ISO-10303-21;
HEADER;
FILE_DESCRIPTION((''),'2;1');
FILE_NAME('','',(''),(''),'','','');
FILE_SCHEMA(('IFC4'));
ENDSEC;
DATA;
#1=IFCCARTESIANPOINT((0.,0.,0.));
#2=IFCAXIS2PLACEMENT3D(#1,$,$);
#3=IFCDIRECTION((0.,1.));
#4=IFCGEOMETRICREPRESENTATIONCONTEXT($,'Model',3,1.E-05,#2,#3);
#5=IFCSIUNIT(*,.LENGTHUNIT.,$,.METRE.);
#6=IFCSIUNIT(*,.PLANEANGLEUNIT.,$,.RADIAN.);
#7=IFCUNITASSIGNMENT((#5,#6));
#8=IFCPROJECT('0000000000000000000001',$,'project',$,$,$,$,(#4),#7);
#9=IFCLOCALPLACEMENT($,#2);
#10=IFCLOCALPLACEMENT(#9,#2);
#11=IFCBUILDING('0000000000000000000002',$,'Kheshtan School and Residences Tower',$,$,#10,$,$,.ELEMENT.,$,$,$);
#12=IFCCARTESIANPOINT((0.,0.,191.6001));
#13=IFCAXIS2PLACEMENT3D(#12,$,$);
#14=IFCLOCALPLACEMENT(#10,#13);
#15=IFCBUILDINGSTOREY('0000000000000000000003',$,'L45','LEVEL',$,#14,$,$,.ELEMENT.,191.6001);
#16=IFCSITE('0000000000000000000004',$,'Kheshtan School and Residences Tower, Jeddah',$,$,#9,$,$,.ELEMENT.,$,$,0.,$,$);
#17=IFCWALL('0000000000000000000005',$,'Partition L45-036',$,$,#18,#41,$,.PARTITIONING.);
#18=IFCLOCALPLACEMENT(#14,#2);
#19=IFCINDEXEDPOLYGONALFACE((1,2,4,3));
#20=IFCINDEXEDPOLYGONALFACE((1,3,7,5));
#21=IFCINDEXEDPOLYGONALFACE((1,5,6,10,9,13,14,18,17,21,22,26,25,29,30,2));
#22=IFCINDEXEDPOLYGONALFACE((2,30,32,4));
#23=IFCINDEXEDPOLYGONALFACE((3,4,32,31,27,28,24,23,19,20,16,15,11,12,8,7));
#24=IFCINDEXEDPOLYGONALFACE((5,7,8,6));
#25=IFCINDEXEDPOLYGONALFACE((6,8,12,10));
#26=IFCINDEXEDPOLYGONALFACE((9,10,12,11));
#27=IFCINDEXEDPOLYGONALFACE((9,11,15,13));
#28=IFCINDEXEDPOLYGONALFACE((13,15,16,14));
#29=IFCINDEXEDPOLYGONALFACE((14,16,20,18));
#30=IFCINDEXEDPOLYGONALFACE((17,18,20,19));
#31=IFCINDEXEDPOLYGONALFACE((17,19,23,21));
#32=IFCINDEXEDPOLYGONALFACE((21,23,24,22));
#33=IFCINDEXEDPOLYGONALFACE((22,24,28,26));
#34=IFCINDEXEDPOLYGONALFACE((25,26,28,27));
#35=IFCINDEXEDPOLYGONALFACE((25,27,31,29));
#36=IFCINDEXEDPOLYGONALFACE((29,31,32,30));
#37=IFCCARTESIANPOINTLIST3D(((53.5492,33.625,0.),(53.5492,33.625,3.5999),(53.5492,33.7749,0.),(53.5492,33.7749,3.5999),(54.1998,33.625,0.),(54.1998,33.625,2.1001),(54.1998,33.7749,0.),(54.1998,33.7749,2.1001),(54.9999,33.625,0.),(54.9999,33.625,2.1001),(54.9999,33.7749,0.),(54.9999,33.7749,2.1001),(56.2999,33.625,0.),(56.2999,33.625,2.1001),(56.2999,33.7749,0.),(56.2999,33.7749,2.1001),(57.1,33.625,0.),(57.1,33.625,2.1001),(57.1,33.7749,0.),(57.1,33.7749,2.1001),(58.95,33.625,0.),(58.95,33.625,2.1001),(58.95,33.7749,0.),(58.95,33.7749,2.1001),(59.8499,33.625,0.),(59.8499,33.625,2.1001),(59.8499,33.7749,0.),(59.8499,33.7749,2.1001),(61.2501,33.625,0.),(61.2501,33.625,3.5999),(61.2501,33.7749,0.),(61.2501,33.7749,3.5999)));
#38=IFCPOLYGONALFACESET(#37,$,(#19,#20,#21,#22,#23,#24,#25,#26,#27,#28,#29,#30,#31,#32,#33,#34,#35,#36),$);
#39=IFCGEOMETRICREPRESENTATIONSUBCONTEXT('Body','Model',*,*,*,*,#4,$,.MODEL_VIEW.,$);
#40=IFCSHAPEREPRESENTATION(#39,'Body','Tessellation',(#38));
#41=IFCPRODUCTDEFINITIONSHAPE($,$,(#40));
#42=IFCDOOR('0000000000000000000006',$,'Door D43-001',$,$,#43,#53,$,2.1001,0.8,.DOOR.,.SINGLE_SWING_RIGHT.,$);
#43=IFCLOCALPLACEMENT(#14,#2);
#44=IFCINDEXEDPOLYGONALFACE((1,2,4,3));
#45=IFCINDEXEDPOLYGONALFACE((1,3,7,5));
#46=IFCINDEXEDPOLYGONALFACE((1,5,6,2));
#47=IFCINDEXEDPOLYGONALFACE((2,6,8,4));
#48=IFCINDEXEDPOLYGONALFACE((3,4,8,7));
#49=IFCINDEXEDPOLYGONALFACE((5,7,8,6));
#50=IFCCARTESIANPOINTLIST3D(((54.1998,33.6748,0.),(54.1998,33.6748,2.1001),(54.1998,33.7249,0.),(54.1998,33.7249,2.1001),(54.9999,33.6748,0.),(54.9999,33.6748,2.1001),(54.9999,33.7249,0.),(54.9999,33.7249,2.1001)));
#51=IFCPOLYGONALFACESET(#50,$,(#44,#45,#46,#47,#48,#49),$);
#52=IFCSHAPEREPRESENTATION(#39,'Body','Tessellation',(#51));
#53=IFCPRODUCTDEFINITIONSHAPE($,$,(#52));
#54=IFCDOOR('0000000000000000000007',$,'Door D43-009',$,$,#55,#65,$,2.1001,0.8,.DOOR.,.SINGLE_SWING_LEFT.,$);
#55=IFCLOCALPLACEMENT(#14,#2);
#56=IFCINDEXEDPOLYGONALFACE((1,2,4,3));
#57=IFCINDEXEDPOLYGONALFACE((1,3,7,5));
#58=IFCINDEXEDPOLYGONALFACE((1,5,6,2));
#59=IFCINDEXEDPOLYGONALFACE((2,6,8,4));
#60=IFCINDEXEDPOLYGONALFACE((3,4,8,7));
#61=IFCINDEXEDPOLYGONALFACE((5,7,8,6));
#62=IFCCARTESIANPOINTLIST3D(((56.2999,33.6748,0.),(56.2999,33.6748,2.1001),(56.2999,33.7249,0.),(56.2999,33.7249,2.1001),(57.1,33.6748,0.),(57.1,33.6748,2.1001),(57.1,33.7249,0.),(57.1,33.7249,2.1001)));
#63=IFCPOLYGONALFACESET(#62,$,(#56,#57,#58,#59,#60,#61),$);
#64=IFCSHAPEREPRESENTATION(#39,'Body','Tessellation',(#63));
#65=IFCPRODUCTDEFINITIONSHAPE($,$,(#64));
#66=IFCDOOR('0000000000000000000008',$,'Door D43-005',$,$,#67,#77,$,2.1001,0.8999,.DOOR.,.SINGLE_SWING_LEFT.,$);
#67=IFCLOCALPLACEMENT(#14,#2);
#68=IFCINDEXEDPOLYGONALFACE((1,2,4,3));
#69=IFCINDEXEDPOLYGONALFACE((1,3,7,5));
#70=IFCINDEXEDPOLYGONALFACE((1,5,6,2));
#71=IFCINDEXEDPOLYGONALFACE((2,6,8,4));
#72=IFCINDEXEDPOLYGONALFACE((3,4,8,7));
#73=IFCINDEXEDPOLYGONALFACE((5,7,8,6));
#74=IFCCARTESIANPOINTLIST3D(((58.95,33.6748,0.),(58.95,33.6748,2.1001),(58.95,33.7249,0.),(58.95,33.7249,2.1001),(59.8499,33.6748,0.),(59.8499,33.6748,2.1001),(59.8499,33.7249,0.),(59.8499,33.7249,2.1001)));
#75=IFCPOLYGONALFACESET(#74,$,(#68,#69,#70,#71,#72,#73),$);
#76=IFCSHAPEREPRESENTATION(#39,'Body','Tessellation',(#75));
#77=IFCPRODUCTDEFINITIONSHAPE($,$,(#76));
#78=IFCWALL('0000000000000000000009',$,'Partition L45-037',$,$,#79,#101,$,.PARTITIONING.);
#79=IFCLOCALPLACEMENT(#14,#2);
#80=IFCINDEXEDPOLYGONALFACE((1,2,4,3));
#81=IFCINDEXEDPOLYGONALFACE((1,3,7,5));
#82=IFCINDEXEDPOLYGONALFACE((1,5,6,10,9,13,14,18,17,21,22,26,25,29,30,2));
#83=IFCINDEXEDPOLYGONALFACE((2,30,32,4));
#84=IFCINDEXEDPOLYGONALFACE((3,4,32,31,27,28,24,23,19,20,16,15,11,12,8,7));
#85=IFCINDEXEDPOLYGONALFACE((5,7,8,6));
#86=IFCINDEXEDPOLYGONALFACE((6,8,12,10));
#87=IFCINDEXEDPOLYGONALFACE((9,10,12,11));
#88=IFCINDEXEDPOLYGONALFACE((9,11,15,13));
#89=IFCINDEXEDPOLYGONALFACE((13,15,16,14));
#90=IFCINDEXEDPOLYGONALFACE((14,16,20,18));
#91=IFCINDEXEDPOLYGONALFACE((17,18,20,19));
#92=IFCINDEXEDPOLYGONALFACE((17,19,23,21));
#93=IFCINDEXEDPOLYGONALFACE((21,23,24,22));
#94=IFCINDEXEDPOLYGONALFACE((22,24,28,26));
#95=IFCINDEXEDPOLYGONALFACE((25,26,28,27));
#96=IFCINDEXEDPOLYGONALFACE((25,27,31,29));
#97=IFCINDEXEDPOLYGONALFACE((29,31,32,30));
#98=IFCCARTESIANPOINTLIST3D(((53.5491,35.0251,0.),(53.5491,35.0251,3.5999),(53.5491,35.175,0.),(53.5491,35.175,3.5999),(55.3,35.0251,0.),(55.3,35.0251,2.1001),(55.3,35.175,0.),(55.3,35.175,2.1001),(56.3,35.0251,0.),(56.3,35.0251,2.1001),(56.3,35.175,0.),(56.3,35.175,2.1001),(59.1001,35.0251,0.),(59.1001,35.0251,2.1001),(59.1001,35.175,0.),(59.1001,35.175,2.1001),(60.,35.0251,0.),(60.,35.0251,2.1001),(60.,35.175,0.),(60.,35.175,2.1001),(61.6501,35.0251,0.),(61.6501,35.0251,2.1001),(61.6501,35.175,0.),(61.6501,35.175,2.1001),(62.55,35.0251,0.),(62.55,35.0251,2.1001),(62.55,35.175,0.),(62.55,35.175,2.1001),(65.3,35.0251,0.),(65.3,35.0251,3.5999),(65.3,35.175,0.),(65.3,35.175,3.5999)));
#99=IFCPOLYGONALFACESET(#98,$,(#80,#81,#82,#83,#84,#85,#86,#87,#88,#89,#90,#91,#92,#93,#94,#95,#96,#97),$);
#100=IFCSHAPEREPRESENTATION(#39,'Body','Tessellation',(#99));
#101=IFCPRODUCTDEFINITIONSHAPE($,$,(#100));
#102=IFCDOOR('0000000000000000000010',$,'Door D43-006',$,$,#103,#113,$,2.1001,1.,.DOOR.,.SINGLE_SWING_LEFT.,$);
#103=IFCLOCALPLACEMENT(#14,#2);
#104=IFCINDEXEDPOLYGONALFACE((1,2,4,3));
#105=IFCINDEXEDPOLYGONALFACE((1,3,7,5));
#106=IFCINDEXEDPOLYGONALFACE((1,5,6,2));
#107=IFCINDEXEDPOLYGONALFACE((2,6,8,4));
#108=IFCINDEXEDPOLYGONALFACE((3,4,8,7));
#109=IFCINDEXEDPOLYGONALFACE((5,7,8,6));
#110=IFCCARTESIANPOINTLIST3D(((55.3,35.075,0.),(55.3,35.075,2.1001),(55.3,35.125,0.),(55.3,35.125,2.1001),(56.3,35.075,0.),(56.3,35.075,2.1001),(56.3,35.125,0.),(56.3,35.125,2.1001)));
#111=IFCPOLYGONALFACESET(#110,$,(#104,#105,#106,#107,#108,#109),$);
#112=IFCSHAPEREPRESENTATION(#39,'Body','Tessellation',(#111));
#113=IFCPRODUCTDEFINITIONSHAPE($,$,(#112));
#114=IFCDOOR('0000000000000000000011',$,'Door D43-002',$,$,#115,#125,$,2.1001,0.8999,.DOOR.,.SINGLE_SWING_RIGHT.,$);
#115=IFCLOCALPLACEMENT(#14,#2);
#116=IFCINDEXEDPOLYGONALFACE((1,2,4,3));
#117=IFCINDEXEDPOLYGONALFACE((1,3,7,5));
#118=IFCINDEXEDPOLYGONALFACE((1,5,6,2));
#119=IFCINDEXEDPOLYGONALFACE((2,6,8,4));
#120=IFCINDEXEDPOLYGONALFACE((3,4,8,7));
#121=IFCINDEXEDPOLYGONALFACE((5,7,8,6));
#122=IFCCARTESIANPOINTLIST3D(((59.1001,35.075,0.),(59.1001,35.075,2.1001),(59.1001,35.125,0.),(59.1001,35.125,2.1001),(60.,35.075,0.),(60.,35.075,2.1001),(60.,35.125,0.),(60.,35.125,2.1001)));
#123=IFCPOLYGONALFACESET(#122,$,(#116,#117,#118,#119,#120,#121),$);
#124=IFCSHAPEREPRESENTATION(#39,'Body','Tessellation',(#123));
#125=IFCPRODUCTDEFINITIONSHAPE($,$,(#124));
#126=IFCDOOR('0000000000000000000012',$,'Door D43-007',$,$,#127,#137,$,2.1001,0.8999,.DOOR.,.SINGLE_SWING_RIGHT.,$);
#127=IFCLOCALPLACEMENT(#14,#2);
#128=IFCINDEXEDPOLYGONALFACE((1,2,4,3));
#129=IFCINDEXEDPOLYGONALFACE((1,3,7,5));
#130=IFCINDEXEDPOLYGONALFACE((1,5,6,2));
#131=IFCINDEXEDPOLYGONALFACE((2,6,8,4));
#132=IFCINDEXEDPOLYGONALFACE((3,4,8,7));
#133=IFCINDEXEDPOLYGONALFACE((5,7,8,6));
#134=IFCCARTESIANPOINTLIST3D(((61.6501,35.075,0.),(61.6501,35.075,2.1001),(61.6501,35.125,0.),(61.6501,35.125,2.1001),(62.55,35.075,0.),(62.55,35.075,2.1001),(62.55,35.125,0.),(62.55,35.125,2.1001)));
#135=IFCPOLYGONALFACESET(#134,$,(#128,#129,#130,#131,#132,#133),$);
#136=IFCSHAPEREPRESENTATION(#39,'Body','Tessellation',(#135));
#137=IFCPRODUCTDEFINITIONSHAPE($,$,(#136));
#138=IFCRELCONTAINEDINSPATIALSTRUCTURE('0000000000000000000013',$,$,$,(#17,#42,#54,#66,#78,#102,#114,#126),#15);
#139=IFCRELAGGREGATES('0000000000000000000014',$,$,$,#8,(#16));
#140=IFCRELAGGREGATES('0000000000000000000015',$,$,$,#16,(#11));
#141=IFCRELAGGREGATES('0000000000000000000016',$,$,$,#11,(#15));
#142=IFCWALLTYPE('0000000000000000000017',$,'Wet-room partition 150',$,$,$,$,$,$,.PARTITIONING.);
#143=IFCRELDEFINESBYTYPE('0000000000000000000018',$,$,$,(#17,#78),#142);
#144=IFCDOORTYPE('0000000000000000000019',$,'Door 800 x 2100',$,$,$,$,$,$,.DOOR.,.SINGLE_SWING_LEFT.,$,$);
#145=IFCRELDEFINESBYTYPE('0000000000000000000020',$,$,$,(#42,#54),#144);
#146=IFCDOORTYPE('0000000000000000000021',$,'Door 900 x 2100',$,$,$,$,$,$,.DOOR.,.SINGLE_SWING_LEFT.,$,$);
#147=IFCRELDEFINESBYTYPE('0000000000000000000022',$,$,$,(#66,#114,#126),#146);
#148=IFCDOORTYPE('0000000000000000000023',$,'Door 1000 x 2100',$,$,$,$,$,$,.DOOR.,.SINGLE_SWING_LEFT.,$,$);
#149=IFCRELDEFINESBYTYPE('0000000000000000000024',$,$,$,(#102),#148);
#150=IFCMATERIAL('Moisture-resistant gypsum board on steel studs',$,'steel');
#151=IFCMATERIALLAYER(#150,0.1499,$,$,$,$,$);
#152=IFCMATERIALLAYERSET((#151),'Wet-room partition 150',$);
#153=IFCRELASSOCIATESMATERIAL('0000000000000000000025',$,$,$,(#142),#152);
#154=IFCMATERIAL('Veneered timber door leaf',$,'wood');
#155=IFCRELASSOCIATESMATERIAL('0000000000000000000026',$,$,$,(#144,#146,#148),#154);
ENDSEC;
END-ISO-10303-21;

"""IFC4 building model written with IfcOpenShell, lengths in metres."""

from ifc_helpers import new_model, si_unit, direction, frame, frame_2d, origin, place, context, subcontext, project, spatial, rectangle, extrude, source, transform, mapped, material, layer, layer_set, type_object, element, fill, save


model = new_model("IFC4")

# Units and contexts
model_context = context("Model", 3, precision=1e-05, world=origin(), true_north=direction((0.0, 1.0)))
body_context = subcontext(model_context, "Body", "Model", "MODEL_VIEW")
ifc_project = project(units=[si_unit("LENGTHUNIT", "METRE"), si_unit("PLANEANGLEUNIT", "RADIAN")], contexts=[model_context])

# Site, building, storey
site_placement = place(None, origin())
site = spatial("IfcSite", under=ifc_project, at=site_placement, Name="Kheshtan School and Residences Tower, Jeddah", CompositionType="ELEMENT", RefElevation=0.0)
building_placement = place(site_placement, origin())
building = spatial("IfcBuilding", under=site, at=building_placement, Name="Kheshtan School and Residences Tower", CompositionType="ELEMENT")
storey_placement = place(building_placement, frame((0.0, 0.0, 191.6001)))
storey = spatial("IfcBuildingStorey", under=building, at=storey_placement, Name="L45", Description="LEVEL", CompositionType="ELEMENT", Elevation=191.6001)

# Walls, openings, doors
ifc_material_1 = material(Name="Moisture-resistant gypsum board on steel studs", Category="steel")
ifc_layer_1 = layer(ifc_material_1, 0.1499)
ifc_layer_set_1 = layer_set([ifc_layer_1], Name="Wet-room partition 150")
wall_type_1 = type_object("IfcWallType", Name="Wet-room partition 150", PredefinedType="PARTITIONING", material=ifc_layer_set_1)
wall_1_placement = place(storey_placement, frame((53.5491, 33.7, 0.0), z_axis=(0.0, 0.0, 1.0), x_axis=(1.0, 0.0, 0.0)))
wall_1 = element("IfcWall", 1, at=wall_1_placement, inside=storey, type_object=wall_type_1, Name="Partition L45-036", PredefinedType="PARTITIONING", context=body_context, shape_type="SweptSolid", body=[
    extrude(rectangle(XDim=7.7009, YDim=0.1499, at=frame_2d((3.8506, 0.0))), origin(), (0.0, 0.0, 1.0), 3.5999),
])
opening_1_placement = place(wall_1_placement, frame((0.6509, 0.0, 0.0)))
opening_1 = element("IfcOpeningElement", 2, at=opening_1_placement, cuts=wall_1, PredefinedType="OPENING", context=body_context, shape_type="SweptSolid", body=[
    extrude(rectangle(XDim=0.8, YDim=2.1001, at=frame_2d((0.3999, 1.05))), frame((0.0, 0.085, 0.0), z_axis=(0.0, -1.0, 0.0), x_axis=(1.0, 0.0, 0.0)), (0.0, 0.0, 1.0), 0.1699),
])
opening_2_placement = place(wall_1_placement, frame((5.4009, 0.0, 0.0)))
opening_2 = element("IfcOpeningElement", 3, at=opening_2_placement, cuts=wall_1, PredefinedType="OPENING", context=body_context, shape_type="SweptSolid", body=[
    extrude(rectangle(XDim=0.8999, YDim=2.1001, at=frame_2d((0.45, 1.05))), frame((0.0, 0.085, 0.0), z_axis=(0.0, -1.0, 0.0), x_axis=(1.0, 0.0, 0.0)), (0.0, 0.0, 1.0), 0.1699),
])
opening_3_placement = place(wall_1_placement, frame((2.751, 0.0, 0.0)))
opening_3 = element("IfcOpeningElement", 4, at=opening_3_placement, cuts=wall_1, PredefinedType="OPENING", context=body_context, shape_type="SweptSolid", body=[
    extrude(rectangle(XDim=0.8, YDim=2.1001, at=frame_2d((0.3999, 1.05))), frame((0.0, 0.085, 0.0), z_axis=(0.0, -1.0, 0.0), x_axis=(1.0, 0.0, 0.0)), (0.0, 0.0, 1.0), 0.1699),
])
ifc_material_2 = material(Name="Veneered timber door leaf", Category="wood")
door_type_1 = type_object("IfcDoorType", Name="Door 800 x 2100", OperationType="SINGLE_SWING_LEFT", PredefinedType="DOOR", material=ifc_material_2)
shared_shape_1 = source(origin(), body_context, "Body", "SweptSolid", [
    extrude(rectangle(XDim=0.8, YDim=2.1001, at=frame_2d((0.3999, 1.05))), frame((0.0, 0.0249, 0.0), z_axis=(0.0, -1.0, 0.0), x_axis=(1.0, 0.0, 0.0)), (0.0, 0.0, 1.0), 0.05),
])
door_1_placement = place(opening_1_placement, origin())
door_1 = element("IfcDoor", 5, at=door_1_placement, inside=storey, type_object=door_type_1, Name="Door D43-001", OperationType="SINGLE_SWING_RIGHT", OverallHeight=2.1001, OverallWidth=0.8, PredefinedType="DOOR", context=body_context, shape_type="MappedRepresentation", body=[
    mapped(shared_shape_1, transform((0.0, 0.0, 0.0), x_axis=(1.0, 0.0, 0.0), y_axis=(0.0, 1.0, 0.0), z_axis=(0.0, 0.0, 1.0), scale=1.0)),
])
fill(opening_1, door_1)
door_2_placement = place(opening_3_placement, origin())
door_2 = element("IfcDoor", 6, at=door_2_placement, inside=storey, type_object=door_type_1, Name="Door D43-009", OperationType="SINGLE_SWING_LEFT", OverallHeight=2.1001, OverallWidth=0.8, PredefinedType="DOOR", context=body_context, shape_type="MappedRepresentation", body=[
    mapped(shared_shape_1, transform((0.0, 0.0, 0.0), x_axis=(1.0, 0.0, 0.0), y_axis=(0.0, 1.0, 0.0), z_axis=(0.0, 0.0, 1.0), scale=1.0)),
])
fill(opening_3, door_2)
door_type_2 = type_object("IfcDoorType", Name="Door 900 x 2100", OperationType="SINGLE_SWING_LEFT", PredefinedType="DOOR", material=ifc_material_2)
shared_shape_2 = source(origin(), body_context, "Body", "SweptSolid", [
    extrude(rectangle(XDim=0.8999, YDim=2.1001, at=frame_2d((0.45, 1.05))), frame((0.0, 0.0249, 0.0), z_axis=(0.0, -1.0, 0.0), x_axis=(1.0, 0.0, 0.0)), (0.0, 0.0, 1.0), 0.05),
])
door_3_placement = place(opening_2_placement, origin())
door_3 = element("IfcDoor", 7, at=door_3_placement, inside=storey, type_object=door_type_2, Name="Door D43-005", OperationType="SINGLE_SWING_LEFT", OverallHeight=2.1001, OverallWidth=0.8999, PredefinedType="DOOR", context=body_context, shape_type="MappedRepresentation", body=[
    mapped(shared_shape_2, transform((0.0, 0.0, 0.0), x_axis=(1.0, 0.0, 0.0), y_axis=(0.0, 1.0, 0.0), z_axis=(0.0, 0.0, 1.0), scale=1.0)),
])
fill(opening_2, door_3)
wall_2_placement = place(storey_placement, frame((53.5491, 35.1001, 0.0), z_axis=(0.0, 0.0, 1.0), x_axis=(1.0, 0.0, 0.0)))
wall_2 = element("IfcWall", 8, at=wall_2_placement, inside=storey, type_object=wall_type_1, Name="Partition L45-037", PredefinedType="PARTITIONING", context=body_context, shape_type="SweptSolid", body=[
    extrude(rectangle(XDim=11.751, YDim=0.1499, at=frame_2d((5.8755, 0.0))), origin(), (0.0, 0.0, 1.0), 3.5999),
])
opening_4_placement = place(wall_2_placement, frame((5.551, 0.0, 0.0)))
opening_4 = element("IfcOpeningElement", 9, at=opening_4_placement, cuts=wall_2, PredefinedType="OPENING", context=body_context, shape_type="SweptSolid", body=[
    extrude(rectangle(XDim=0.8999, YDim=2.1001, at=frame_2d((0.45, 1.05))), frame((0.0, 0.085, 0.0), z_axis=(0.0, -1.0, 0.0), x_axis=(1.0, 0.0, 0.0)), (0.0, 0.0, 1.0), 0.1699),
])
opening_5_placement = place(wall_2_placement, frame((1.751, 0.0, 0.0)))
opening_5 = element("IfcOpeningElement", 10, at=opening_5_placement, cuts=wall_2, PredefinedType="OPENING", context=body_context, shape_type="SweptSolid", body=[
    extrude(rectangle(XDim=1.0, YDim=2.1001, at=frame_2d((0.5, 1.05))), frame((0.0, 0.085, 0.0), z_axis=(0.0, -1.0, 0.0), x_axis=(1.0, 0.0, 0.0)), (0.0, 0.0, 1.0), 0.1699),
])
opening_6_placement = place(wall_2_placement, frame((8.1011, 0.0, 0.0)))
opening_6 = element("IfcOpeningElement", 11, at=opening_6_placement, cuts=wall_2, PredefinedType="OPENING", context=body_context, shape_type="SweptSolid", body=[
    extrude(rectangle(XDim=0.8999, YDim=2.1001, at=frame_2d((0.45, 1.05))), frame((0.0, 0.085, 0.0), z_axis=(0.0, -1.0, 0.0), x_axis=(1.0, 0.0, 0.0)), (0.0, 0.0, 1.0), 0.1699),
])
door_type_3 = type_object("IfcDoorType", Name="Door 1000 x 2100", OperationType="SINGLE_SWING_LEFT", PredefinedType="DOOR", material=ifc_material_2)
shared_shape_3 = source(origin(), body_context, "Body", "SweptSolid", [
    extrude(rectangle(XDim=1.0, YDim=2.1001, at=frame_2d((0.5, 1.05))), frame((0.0, 0.0249, 0.0), z_axis=(0.0, -1.0, 0.0), x_axis=(1.0, 0.0, 0.0)), (0.0, 0.0, 1.0), 0.05),
])
door_4_placement = place(opening_5_placement, origin())
door_4 = element("IfcDoor", 12, at=door_4_placement, inside=storey, type_object=door_type_3, Name="Door D43-006", OperationType="SINGLE_SWING_LEFT", OverallHeight=2.1001, OverallWidth=1.0, PredefinedType="DOOR", context=body_context, shape_type="MappedRepresentation", body=[
    mapped(shared_shape_3, transform((0.0, 0.0, 0.0), x_axis=(1.0, 0.0, 0.0), y_axis=(0.0, 1.0, 0.0), z_axis=(0.0, 0.0, 1.0), scale=1.0)),
])
fill(opening_5, door_4)
door_5_placement = place(opening_4_placement, origin())
door_5 = element("IfcDoor", 13, at=door_5_placement, inside=storey, type_object=door_type_2, Name="Door D43-002", OperationType="SINGLE_SWING_RIGHT", OverallHeight=2.1001, OverallWidth=0.8999, PredefinedType="DOOR", context=body_context, shape_type="MappedRepresentation", body=[
    mapped(shared_shape_2, transform((0.0, 0.0, 0.0), x_axis=(1.0, 0.0, 0.0), y_axis=(0.0, 1.0, 0.0), z_axis=(0.0, 0.0, 1.0), scale=1.0)),
])
fill(opening_4, door_5)
door_6_placement = place(opening_6_placement, origin())
door_6 = element("IfcDoor", 14, at=door_6_placement, inside=storey, type_object=door_type_2, Name="Door D43-007", OperationType="SINGLE_SWING_RIGHT", OverallHeight=2.1001, OverallWidth=0.8999, PredefinedType="DOOR", context=body_context, shape_type="MappedRepresentation", body=[
    mapped(shared_shape_2, transform((0.0, 0.0, 0.0), x_axis=(1.0, 0.0, 0.0), y_axis=(0.0, 1.0, 0.0), z_axis=(0.0, 0.0, 1.0), scale=1.0)),
])
fill(opening_6, door_6)

save(model, "model.ifc")
